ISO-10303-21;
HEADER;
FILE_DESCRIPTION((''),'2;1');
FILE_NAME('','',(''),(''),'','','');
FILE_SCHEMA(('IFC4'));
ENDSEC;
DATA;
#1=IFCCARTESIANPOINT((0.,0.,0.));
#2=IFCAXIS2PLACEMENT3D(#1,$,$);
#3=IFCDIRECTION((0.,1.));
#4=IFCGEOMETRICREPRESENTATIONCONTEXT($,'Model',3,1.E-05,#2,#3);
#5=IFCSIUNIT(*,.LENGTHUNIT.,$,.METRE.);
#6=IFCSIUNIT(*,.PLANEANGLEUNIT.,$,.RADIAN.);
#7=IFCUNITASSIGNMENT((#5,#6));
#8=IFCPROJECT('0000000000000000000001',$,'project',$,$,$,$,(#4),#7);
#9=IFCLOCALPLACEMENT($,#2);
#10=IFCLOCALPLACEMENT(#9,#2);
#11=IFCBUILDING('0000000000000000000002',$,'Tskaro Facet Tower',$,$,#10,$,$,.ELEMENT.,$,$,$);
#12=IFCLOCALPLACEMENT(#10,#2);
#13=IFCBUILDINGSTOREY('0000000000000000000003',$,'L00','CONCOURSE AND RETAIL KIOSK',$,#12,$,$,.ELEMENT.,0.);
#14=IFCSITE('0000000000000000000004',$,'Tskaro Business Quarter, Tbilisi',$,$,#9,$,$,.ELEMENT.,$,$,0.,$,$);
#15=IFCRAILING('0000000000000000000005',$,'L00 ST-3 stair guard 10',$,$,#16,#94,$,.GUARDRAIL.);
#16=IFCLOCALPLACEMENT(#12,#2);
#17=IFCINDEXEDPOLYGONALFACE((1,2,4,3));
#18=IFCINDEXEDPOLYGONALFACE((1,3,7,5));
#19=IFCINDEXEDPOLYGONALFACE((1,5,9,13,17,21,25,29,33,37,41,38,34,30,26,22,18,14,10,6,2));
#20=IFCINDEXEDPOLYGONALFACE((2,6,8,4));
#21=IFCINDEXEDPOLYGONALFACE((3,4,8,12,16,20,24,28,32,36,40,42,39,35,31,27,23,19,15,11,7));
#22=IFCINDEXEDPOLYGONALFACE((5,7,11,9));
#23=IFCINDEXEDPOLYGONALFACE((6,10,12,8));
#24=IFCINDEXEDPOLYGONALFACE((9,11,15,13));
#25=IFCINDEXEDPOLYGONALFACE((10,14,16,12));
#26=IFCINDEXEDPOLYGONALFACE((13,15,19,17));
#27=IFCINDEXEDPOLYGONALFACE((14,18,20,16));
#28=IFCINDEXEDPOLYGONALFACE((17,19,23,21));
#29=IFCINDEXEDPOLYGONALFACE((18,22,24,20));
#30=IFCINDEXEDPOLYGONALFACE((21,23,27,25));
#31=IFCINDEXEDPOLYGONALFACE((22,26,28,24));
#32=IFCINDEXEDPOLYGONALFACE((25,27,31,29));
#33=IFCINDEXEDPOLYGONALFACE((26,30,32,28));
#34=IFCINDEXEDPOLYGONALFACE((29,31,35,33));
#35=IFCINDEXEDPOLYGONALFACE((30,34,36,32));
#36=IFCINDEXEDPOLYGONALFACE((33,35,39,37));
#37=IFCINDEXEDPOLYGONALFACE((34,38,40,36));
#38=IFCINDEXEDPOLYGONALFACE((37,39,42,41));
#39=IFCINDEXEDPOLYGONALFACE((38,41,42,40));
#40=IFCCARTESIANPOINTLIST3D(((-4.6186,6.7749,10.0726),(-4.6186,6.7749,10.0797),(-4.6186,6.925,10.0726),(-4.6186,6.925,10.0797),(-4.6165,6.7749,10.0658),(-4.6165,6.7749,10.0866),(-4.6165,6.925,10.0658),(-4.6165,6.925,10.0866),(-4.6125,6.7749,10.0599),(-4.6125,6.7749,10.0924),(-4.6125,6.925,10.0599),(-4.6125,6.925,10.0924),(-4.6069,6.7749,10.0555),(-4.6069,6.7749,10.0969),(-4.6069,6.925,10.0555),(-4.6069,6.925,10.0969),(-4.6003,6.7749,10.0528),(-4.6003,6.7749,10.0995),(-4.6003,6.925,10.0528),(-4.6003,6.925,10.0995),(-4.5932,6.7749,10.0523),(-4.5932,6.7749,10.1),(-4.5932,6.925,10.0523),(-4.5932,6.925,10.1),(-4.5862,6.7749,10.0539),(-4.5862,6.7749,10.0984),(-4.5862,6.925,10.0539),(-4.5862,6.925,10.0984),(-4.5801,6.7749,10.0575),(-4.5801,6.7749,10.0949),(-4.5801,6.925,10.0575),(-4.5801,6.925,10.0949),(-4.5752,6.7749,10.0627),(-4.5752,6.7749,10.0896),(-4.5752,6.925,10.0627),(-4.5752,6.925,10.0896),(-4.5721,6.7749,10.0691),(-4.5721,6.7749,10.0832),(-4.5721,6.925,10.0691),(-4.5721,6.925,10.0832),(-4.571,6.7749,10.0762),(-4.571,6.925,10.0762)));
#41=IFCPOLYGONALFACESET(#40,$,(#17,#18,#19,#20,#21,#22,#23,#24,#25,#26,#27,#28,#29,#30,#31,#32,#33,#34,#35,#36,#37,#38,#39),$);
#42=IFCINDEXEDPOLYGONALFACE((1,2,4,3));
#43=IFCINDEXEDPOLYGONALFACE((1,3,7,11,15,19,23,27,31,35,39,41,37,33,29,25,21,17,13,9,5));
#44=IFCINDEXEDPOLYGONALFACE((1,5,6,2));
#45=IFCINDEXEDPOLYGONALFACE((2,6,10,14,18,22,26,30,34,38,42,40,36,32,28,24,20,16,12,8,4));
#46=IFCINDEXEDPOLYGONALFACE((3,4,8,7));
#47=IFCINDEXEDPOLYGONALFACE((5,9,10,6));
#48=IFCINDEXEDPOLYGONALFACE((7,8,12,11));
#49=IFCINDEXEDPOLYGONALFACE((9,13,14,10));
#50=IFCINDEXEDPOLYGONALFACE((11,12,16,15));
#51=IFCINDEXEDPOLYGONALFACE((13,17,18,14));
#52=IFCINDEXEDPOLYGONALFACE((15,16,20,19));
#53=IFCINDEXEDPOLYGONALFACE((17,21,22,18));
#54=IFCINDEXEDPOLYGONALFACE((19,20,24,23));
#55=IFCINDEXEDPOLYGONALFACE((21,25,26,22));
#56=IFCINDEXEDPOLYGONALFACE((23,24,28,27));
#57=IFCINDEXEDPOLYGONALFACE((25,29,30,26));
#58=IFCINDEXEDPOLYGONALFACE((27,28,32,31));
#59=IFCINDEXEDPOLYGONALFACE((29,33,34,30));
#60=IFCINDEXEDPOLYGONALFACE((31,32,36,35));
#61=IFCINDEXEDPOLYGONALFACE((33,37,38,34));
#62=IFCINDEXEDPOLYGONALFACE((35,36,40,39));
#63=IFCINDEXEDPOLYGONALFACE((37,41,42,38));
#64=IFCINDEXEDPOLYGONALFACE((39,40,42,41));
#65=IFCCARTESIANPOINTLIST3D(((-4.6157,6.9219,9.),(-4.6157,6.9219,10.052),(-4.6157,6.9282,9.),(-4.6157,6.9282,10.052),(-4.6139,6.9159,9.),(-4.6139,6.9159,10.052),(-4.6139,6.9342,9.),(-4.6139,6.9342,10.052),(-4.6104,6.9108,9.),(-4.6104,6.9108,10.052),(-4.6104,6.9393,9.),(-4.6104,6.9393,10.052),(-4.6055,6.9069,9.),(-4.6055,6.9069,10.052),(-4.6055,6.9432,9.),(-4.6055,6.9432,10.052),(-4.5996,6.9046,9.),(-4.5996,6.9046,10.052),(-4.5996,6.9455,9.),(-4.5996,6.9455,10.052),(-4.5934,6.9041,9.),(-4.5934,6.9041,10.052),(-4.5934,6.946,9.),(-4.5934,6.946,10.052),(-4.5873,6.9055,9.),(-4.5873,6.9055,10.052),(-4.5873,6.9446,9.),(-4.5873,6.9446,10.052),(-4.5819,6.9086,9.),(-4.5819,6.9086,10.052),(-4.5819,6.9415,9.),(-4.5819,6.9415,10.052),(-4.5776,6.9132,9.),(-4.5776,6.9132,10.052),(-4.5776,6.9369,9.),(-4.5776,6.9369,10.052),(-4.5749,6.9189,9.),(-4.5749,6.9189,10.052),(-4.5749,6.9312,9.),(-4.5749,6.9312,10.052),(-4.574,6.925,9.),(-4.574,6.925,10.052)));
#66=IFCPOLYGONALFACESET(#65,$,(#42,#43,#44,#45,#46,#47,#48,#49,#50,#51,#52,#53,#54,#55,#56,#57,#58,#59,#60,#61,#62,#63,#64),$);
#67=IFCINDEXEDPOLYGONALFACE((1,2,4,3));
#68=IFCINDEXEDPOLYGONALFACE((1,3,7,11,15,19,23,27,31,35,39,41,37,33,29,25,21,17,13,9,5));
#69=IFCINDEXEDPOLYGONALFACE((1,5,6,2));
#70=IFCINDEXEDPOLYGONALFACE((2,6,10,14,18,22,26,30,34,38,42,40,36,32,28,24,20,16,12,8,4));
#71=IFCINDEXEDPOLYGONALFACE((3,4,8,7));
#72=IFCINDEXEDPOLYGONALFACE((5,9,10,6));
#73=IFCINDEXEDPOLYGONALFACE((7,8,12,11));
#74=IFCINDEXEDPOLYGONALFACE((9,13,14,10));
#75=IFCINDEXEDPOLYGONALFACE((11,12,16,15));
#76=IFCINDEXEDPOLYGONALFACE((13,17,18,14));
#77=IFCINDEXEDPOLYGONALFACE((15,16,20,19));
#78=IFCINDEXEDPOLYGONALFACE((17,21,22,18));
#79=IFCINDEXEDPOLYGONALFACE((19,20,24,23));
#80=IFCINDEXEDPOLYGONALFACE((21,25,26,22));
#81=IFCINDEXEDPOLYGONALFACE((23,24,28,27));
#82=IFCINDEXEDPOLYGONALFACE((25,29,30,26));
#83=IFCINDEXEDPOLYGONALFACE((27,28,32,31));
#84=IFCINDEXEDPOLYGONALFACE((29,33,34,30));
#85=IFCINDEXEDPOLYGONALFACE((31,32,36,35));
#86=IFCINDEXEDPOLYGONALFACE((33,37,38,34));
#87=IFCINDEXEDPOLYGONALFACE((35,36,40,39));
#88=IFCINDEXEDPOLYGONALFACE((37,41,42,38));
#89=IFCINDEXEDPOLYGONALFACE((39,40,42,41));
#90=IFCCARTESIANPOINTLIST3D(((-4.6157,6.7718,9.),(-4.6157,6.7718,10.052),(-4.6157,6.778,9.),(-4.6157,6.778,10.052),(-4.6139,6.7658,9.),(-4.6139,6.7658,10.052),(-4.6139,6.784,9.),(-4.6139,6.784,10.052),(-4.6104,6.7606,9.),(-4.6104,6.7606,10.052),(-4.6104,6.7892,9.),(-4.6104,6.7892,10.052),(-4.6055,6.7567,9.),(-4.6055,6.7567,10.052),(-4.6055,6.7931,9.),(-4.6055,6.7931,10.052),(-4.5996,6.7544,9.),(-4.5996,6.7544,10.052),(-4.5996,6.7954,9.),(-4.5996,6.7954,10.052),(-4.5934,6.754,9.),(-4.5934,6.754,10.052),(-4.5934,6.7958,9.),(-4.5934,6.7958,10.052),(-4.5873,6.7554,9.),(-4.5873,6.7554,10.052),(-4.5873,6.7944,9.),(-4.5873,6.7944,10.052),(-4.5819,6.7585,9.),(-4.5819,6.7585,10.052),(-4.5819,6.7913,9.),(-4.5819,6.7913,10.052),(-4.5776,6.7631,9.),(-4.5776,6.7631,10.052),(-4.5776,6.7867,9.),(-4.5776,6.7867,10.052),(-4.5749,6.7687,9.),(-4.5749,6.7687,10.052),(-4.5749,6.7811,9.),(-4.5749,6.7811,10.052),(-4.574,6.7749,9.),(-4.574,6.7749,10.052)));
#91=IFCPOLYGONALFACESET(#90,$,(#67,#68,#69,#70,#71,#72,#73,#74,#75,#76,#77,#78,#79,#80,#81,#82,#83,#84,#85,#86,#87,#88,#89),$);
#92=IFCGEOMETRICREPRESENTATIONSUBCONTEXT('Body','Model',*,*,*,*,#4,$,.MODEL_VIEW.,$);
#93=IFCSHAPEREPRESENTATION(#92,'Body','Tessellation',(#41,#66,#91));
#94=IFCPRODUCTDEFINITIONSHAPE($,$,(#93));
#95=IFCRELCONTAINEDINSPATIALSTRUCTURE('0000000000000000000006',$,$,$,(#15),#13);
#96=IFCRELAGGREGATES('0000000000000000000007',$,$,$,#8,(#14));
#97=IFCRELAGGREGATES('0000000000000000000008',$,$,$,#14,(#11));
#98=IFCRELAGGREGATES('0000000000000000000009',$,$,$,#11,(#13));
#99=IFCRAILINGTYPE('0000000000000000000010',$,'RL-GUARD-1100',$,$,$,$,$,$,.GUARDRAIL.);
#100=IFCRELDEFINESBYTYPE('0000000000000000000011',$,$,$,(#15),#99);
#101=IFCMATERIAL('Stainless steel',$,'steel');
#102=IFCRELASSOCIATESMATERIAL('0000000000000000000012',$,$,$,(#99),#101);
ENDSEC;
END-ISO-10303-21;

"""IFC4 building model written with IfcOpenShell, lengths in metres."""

from ifc_helpers import new_model, si_unit, direction, frame, origin, origin_2d, place, context, subcontext, project, spatial, circle, extrude, material, type_object, element, save


model = new_model("IFC4")

# Units and contexts
model_context = context("Model", 3, precision=1e-05, world=origin(), true_north=direction((0.0, 1.0)))
body_context = subcontext(model_context, "Body", "Model", "MODEL_VIEW")
ifc_project = project(units=[si_unit("LENGTHUNIT", "METRE"), si_unit("PLANEANGLEUNIT", "RADIAN")], contexts=[model_context])

# Site, building, storey
site_placement = place(None, origin())
site = spatial("IfcSite", under=ifc_project, at=site_placement, Name="Tskaro Business Quarter, Tbilisi", CompositionType="ELEMENT", RefElevation=0.0)
building_placement = place(site_placement, origin())
building = spatial("IfcBuilding", under=site, at=building_placement, Name="Tskaro Facet Tower", CompositionType="ELEMENT")
storey_placement = place(building_placement, origin())
storey = spatial("IfcBuildingStorey", under=building, at=storey_placement, Name="L00", Description="CONCOURSE AND RETAIL KIOSK", CompositionType="ELEMENT", Elevation=0.0)

# Railing
ifc_material_1 = material(Name="Stainless steel", Category="steel")
railing_type_1 = type_object("IfcRailingType", Name="RL-GUARD-1100", PredefinedType="GUARDRAIL", material=ifc_material_1)
railing_1_placement = place(storey_placement, frame((-4.595, 6.925, 9.0)))
element("IfcRailing", 1, at=railing_1_placement, inside=storey, type_object=railing_type_1, Name="L00 ST-3 stair guard 10", PredefinedType="GUARDRAIL", context=body_context, shape_type="SweptSolid", body=[
    extrude(circle(Radius=0.0239, at=origin_2d()), frame((0.0, 0.0, 1.0762), z_axis=(0.0, -1.0, 0.0), x_axis=(1.0, 0.0, 0.0)), (0.0, 0.0, 1.0), 0.1501),
    extrude(circle(Radius=0.021, at=origin_2d()), origin(), (0.0, 0.0, 1.0), 1.052),
    extrude(circle(Radius=0.021, at=origin_2d()), frame((0.0, -0.1501, 0.0)), (0.0, 0.0, 1.0), 1.052),
])

save(model, "model.ifc")
